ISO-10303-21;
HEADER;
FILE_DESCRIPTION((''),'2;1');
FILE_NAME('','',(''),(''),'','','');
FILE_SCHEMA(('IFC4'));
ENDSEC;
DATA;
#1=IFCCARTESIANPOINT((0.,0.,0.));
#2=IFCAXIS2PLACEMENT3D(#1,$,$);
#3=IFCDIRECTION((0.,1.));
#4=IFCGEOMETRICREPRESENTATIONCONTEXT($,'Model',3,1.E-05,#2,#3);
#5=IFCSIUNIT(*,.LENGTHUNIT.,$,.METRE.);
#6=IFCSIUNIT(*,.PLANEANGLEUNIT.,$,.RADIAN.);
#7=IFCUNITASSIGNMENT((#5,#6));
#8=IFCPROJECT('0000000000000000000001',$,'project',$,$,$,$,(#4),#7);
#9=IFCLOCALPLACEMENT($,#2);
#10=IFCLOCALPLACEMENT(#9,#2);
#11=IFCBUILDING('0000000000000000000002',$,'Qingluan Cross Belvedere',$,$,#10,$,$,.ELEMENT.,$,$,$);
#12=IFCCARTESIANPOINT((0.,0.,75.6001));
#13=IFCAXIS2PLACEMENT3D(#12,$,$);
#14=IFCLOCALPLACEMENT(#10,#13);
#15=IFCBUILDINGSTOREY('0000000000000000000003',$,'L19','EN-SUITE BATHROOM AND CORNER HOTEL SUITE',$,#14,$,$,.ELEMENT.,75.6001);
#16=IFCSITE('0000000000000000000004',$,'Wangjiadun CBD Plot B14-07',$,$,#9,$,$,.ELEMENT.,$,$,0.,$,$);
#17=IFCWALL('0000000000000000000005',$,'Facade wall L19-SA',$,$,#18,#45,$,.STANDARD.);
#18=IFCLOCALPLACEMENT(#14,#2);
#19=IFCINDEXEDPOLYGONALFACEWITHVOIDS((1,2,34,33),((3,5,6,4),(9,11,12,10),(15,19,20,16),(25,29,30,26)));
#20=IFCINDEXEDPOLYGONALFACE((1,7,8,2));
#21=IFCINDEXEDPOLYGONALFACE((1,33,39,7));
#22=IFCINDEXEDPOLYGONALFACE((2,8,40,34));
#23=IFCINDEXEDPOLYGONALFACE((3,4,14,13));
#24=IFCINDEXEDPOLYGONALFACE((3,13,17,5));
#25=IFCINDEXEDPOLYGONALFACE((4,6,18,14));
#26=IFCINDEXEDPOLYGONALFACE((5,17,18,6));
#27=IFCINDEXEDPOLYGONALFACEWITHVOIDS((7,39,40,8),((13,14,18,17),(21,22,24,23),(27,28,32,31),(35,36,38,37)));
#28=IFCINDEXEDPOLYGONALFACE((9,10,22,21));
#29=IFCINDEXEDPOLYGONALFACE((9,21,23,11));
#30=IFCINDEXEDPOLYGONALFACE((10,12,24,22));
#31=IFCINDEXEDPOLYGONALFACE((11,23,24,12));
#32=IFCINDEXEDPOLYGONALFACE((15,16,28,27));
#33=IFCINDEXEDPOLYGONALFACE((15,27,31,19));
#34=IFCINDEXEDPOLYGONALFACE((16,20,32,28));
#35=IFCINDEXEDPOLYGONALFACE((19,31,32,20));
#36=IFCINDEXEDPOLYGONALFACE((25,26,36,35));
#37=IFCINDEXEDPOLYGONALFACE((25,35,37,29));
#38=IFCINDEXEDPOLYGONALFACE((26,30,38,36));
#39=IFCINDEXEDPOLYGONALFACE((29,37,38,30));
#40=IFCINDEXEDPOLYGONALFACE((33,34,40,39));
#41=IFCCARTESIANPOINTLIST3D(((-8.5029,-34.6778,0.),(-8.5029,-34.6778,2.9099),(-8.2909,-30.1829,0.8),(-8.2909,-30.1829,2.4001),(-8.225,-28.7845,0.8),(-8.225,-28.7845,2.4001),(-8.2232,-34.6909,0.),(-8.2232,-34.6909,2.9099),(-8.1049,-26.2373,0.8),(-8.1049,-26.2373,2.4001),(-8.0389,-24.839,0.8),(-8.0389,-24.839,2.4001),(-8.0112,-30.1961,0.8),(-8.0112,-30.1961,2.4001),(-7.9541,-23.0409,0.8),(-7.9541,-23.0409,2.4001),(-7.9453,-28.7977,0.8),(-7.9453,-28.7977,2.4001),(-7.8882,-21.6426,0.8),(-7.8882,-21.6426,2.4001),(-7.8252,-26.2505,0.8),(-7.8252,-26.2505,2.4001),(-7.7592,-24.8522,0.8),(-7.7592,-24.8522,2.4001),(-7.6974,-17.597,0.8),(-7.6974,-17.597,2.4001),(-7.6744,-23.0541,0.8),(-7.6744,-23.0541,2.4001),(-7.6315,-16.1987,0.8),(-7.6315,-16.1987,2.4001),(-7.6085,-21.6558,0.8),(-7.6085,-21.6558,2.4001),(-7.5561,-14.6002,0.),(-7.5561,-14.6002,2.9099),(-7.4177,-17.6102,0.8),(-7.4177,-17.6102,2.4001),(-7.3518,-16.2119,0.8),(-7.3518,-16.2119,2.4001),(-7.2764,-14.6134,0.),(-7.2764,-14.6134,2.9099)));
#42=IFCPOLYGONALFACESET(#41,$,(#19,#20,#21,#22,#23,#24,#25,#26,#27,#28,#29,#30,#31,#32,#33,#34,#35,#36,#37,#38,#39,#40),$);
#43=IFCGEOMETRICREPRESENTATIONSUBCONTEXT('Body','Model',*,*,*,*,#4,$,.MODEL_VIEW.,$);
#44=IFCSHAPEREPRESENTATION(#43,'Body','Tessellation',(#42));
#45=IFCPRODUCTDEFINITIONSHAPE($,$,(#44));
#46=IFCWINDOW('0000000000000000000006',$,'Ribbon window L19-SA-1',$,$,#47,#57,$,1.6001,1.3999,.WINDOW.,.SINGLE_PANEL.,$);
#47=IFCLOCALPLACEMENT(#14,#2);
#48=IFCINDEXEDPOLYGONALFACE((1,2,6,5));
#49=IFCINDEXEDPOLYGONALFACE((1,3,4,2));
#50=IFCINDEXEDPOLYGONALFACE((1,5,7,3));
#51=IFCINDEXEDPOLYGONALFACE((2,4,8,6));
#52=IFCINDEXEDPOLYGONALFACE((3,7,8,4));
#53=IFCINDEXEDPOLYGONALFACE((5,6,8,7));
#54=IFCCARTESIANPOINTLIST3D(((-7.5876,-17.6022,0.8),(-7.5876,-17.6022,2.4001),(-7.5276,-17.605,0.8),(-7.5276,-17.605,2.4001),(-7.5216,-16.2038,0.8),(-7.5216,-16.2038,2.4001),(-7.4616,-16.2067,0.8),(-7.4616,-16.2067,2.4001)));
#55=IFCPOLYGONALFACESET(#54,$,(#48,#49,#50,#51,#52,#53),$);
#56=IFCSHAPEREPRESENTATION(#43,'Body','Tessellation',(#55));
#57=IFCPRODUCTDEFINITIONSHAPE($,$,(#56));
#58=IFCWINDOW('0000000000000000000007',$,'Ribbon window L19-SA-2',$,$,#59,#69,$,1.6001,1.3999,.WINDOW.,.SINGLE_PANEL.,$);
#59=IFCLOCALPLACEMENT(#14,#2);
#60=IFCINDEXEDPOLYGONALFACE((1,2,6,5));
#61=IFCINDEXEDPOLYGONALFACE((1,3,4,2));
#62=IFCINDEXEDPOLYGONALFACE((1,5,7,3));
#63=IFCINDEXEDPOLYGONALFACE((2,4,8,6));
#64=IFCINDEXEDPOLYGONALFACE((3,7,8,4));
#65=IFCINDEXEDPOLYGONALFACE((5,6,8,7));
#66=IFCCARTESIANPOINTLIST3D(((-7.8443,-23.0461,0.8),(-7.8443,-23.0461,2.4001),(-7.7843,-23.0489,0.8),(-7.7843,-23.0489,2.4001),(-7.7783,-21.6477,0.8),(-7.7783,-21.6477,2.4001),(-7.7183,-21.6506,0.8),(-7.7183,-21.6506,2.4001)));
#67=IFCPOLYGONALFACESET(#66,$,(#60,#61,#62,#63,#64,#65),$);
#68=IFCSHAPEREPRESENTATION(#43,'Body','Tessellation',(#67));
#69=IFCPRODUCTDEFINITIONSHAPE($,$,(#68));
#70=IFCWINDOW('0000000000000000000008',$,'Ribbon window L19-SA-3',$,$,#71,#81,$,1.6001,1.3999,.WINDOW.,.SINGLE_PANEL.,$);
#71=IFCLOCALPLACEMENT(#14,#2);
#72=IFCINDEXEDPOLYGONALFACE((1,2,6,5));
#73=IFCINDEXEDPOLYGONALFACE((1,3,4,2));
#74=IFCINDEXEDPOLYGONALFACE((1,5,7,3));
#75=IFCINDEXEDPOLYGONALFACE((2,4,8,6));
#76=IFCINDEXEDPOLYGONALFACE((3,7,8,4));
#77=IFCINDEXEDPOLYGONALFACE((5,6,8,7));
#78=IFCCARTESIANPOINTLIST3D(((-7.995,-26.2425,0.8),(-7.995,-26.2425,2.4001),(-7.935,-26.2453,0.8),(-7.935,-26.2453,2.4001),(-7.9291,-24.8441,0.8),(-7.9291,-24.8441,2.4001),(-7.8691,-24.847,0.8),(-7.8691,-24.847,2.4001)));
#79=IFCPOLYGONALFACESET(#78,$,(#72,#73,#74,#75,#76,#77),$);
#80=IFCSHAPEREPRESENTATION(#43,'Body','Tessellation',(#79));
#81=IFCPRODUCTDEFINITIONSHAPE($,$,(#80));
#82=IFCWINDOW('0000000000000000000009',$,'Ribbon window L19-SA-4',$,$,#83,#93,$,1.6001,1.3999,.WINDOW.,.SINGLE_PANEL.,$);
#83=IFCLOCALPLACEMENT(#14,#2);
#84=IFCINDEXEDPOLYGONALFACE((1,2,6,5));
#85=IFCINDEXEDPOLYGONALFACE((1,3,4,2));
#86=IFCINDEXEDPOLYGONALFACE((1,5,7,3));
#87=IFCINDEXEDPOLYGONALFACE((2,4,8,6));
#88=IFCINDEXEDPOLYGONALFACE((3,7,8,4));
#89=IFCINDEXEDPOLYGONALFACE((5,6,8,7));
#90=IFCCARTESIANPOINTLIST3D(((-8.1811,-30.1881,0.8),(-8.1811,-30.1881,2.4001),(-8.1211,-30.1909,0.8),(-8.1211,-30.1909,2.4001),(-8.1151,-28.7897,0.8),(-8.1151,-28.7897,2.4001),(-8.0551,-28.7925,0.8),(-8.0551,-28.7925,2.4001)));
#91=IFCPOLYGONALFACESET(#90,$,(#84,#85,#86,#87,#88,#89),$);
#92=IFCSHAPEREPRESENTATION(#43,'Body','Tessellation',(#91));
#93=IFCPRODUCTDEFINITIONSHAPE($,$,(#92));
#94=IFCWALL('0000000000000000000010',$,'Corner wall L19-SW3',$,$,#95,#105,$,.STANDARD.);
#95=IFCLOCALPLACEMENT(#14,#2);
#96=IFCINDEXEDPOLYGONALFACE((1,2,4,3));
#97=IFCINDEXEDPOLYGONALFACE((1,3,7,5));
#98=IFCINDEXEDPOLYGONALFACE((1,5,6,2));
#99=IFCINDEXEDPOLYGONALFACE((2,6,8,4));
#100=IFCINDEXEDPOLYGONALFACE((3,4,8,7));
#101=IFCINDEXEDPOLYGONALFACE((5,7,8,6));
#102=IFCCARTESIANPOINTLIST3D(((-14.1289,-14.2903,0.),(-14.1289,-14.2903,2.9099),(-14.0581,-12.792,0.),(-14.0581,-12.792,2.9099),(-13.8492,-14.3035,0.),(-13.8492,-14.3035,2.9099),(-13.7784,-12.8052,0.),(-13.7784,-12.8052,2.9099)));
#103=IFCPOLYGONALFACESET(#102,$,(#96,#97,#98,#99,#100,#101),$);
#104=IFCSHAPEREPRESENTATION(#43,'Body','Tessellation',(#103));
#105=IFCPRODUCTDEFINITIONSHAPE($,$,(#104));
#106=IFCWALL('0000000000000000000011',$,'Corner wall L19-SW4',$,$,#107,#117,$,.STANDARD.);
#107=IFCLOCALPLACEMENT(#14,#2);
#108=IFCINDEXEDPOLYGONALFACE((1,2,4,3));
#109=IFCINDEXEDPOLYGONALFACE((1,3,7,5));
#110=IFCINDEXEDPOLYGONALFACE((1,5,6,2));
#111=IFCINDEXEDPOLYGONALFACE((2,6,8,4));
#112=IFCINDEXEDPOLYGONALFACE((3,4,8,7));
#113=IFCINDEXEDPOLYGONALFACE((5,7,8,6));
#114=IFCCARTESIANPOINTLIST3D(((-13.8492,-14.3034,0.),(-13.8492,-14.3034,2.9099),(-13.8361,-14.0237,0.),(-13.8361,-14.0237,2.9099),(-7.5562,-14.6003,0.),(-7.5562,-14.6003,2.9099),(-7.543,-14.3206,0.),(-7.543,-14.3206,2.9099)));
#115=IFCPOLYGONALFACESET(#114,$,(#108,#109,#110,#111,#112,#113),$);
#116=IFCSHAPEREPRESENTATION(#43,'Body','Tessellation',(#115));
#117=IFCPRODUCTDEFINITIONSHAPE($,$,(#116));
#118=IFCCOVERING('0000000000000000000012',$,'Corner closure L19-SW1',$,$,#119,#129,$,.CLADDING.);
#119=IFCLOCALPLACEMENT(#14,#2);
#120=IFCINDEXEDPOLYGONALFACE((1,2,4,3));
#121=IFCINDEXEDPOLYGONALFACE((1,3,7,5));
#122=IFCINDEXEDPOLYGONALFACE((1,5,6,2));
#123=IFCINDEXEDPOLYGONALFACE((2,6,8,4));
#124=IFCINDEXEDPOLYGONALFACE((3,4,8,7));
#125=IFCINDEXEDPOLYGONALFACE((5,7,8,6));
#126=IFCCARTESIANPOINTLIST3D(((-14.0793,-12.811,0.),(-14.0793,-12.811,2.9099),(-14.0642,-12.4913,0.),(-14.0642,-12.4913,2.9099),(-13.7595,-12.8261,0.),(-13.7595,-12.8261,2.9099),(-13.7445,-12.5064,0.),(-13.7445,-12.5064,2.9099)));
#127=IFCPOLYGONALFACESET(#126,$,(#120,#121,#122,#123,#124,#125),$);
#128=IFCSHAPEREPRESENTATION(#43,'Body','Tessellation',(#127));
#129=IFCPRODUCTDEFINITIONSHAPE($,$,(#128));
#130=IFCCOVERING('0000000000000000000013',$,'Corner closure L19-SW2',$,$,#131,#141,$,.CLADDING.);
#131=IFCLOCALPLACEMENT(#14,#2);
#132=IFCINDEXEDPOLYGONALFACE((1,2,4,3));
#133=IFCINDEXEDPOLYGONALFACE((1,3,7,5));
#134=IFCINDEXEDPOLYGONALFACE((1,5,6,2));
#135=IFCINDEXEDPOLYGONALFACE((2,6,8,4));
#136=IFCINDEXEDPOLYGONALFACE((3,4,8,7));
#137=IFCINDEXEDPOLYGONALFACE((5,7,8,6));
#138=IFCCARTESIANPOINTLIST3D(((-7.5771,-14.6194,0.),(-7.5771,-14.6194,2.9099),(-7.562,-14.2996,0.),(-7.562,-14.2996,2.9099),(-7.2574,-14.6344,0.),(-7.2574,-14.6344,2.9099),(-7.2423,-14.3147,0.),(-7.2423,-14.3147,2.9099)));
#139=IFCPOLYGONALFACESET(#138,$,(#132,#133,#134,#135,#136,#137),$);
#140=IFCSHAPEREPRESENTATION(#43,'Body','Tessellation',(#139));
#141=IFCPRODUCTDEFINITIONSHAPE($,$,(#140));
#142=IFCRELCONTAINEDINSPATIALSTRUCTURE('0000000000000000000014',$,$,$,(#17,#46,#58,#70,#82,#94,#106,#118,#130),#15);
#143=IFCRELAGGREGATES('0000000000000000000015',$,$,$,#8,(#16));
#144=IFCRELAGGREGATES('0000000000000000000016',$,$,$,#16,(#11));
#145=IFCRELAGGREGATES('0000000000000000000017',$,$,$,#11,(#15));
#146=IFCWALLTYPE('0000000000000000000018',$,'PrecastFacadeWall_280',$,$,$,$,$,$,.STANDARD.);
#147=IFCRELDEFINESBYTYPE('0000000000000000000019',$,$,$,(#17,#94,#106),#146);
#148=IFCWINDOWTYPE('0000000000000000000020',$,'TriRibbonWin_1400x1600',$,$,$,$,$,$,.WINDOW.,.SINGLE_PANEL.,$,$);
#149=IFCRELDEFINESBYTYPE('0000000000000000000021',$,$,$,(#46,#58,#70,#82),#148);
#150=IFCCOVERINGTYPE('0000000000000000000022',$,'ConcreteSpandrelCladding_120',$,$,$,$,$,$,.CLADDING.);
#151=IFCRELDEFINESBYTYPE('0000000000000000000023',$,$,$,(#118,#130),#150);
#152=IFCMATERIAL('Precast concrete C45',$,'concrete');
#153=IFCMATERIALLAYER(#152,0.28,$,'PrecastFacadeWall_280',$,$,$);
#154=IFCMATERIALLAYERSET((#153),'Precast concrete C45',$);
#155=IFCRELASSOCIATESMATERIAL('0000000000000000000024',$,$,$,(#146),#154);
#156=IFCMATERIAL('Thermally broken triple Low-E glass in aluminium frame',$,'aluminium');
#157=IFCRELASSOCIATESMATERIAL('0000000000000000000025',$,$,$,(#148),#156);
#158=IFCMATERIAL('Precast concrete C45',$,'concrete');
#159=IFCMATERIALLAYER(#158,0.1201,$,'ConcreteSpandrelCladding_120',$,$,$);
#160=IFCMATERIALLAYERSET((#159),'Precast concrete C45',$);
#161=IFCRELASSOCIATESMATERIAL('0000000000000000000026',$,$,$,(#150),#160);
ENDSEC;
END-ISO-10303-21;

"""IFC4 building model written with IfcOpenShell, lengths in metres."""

from ifc_helpers import new_model, si_unit, direction, frame, frame_2d, origin, origin_2d, place, context, subcontext, project, spatial, rectangle, extrude, material, layer, layer_set, type_object, element, fill, save


model = new_model("IFC4")

# Units and contexts
model_context = context("Model", 3, precision=1e-05, world=origin(), true_north=direction((0.0, 1.0)))
body_context = subcontext(model_context, "Body", "Model", "MODEL_VIEW")
ifc_project = project(units=[si_unit("LENGTHUNIT", "METRE"), si_unit("PLANEANGLEUNIT", "RADIAN")], contexts=[model_context])

# Site, building, storey
site_placement = place(None, origin())
site = spatial("IfcSite", under=ifc_project, at=site_placement, Name="Wangjiadun CBD Plot B14-07", CompositionType="ELEMENT", RefElevation=0.0)
building_placement = place(site_placement, origin())
building = spatial("IfcBuilding", under=site, at=building_placement, Name="Qingluan Cross Belvedere", CompositionType="ELEMENT")
storey_placement = place(building_placement, frame((0.0, 0.0, 75.6001)))
storey = spatial("IfcBuildingStorey", under=building, at=storey_placement, Name="L19", Description="EN-SUITE BATHROOM AND CORNER HOTEL SUITE", CompositionType="ELEMENT", Elevation=75.6001)

# Wall, openings, windows
ifc_material_1 = material(Name="Precast concrete C45", Category="concrete")
ifc_layer_1 = layer(ifc_material_1, 0.28, Name="PrecastFacadeWall_280")
ifc_layer_set_1 = layer_set([ifc_layer_1], Name="Precast concrete C45")
wall_type_1 = type_object("IfcWallType", Name="PrecastFacadeWall_280", PredefinedType="STANDARD", material=ifc_layer_set_1)
wall_1_placement = place(storey_placement, frame((-7.4163, -14.6069, 0.0), z_axis=(0.0, 0.0, 1.0), x_axis=(-0.047103, -0.99889, 0.0)))
wall_1 = element("IfcWall", 1, at=wall_1_placement, inside=storey, type_object=wall_type_1, Name="Facade wall L19-SA", PredefinedType="STANDARD", context=body_context, shape_type="SweptSolid", body=[
    extrude(rectangle(XDim=20.0999, YDim=0.28, at=frame_2d((10.0498, 0.0))), origin(), (0.0, 0.0, 1.0), 2.9099),
])
opening_1_placement = place(wall_1_placement, frame((1.6001, 0.0, 0.8)))
opening_1 = element("IfcOpeningElement", 2, at=opening_1_placement, cuts=wall_1, PredefinedType="OPENING", context=body_context, shape_type="SweptSolid", body=[
    extrude(rectangle(XDim=1.3999, YDim=1.6001, at=frame_2d((0.7, 0.8))), frame((0.0, 0.1499, 0.0), z_axis=(0.0, -1.0, 0.0), x_axis=(1.0, 0.0, 0.0)), (0.0, 0.0, 1.0), 0.3),
])
opening_2_placement = place(wall_1_placement, frame((7.05, 0.0, 0.8)))
opening_2 = element("IfcOpeningElement", 3, at=opening_2_placement, cuts=wall_1, PredefinedType="OPENING", context=body_context, shape_type="SweptSolid", body=[
    extrude(rectangle(XDim=1.3999, YDim=1.6001, at=frame_2d((0.7, 0.8))), frame((0.0, 0.1499, 0.0), z_axis=(0.0, -1.0, 0.0), x_axis=(1.0, 0.0, 0.0)), (0.0, 0.0, 1.0), 0.3),
])
opening_3_placement = place(wall_1_placement, frame((10.25, 0.0, 0.8)))
opening_3 = element("IfcOpeningElement", 4, at=opening_3_placement, cuts=wall_1, PredefinedType="OPENING", context=body_context, shape_type="SweptSolid", body=[
    extrude(rectangle(XDim=1.3999, YDim=1.6001, at=frame_2d((0.7, 0.8))), frame((0.0, 0.1499, 0.0), z_axis=(0.0, -1.0, 0.0), x_axis=(1.0, 0.0, 0.0)), (0.0, 0.0, 1.0), 0.3),
])
opening_4_placement = place(wall_1_placement, frame((14.2, 0.0, 0.8)))
opening_4 = element("IfcOpeningElement", 5, at=opening_4_placement, cuts=wall_1, PredefinedType="OPENING", context=body_context, shape_type="SweptSolid", body=[
    extrude(rectangle(XDim=1.3999, YDim=1.6001, at=frame_2d((0.7, 0.8))), frame((0.0, 0.1499, 0.0), z_axis=(0.0, -1.0, 0.0), x_axis=(1.0, 0.0, 0.0)), (0.0, 0.0, 1.0), 0.3),
])
ifc_material_2 = material(Name="Thermally broken triple Low-E glass in aluminium frame", Category="aluminium")
window_type = type_object("IfcWindowType", Name="TriRibbonWin_1400x1600", PartitioningType="SINGLE_PANEL", PredefinedType="WINDOW", material=ifc_material_2)
window_1_placement = place(opening_1_placement, origin())
window_1 = element("IfcWindow", 6, at=window_1_placement, inside=storey, type_object=window_type, Name="Ribbon window L19-SA-1", OverallHeight=1.6001, OverallWidth=1.3999, PartitioningType="SINGLE_PANEL", PredefinedType="WINDOW", context=body_context, shape_type="SweptSolid", body=[
    extrude(rectangle(XDim=1.3999, YDim=1.6001, at=frame_2d((0.7, 0.8))), frame((0.0, 0.03, 0.0), z_axis=(0.0, -1.0, 0.0), x_axis=(1.0, 0.0, 0.0)), (0.0, 0.0, 1.0), 0.0601),
])
fill(opening_1, window_1)
window_2_placement = place(opening_2_placement, origin())
window_2 = element("IfcWindow", 7, at=window_2_placement, inside=storey, type_object=window_type, Name="Ribbon window L19-SA-2", OverallHeight=1.6001, OverallWidth=1.3999, PartitioningType="SINGLE_PANEL", PredefinedType="WINDOW", context=body_context, shape_type="SweptSolid", body=[
    extrude(rectangle(XDim=1.3999, YDim=1.6001, at=frame_2d((0.7, 0.8))), frame((0.0, 0.03, 0.0), z_axis=(0.0, -1.0, 0.0), x_axis=(1.0, 0.0, 0.0)), (0.0, 0.0, 1.0), 0.0601),
])
fill(opening_2, window_2)
window_3_placement = place(opening_3_placement, origin())
window_3 = element("IfcWindow", 8, at=window_3_placement, inside=storey, type_object=window_type, Name="Ribbon window L19-SA-3", OverallHeight=1.6001, OverallWidth=1.3999, PartitioningType="SINGLE_PANEL", PredefinedType="WINDOW", context=body_context, shape_type="SweptSolid", body=[
    extrude(rectangle(XDim=1.3999, YDim=1.6001, at=frame_2d((0.7, 0.8))), frame((0.0, 0.03, 0.0), z_axis=(0.0, -1.0, 0.0), x_axis=(1.0, 0.0, 0.0)), (0.0, 0.0, 1.0), 0.0601),
])
fill(opening_3, window_3)
window_4_placement = place(opening_4_placement, origin())
window_4 = element("IfcWindow", 9, at=window_4_placement, inside=storey, type_object=window_type, Name="Ribbon window L19-SA-4", OverallHeight=1.6001, OverallWidth=1.3999, PartitioningType="SINGLE_PANEL", PredefinedType="WINDOW", context=body_context, shape_type="SweptSolid", body=[
    extrude(rectangle(XDim=1.3999, YDim=1.6001, at=frame_2d((0.7, 0.8))), frame((0.0, 0.03, 0.0), z_axis=(0.0, -1.0, 0.0), x_axis=(1.0, 0.0, 0.0)), (0.0, 0.0, 1.0), 0.0601),
])
fill(opening_4, window_4)

# Walls
wall_2_placement = place(storey_placement, frame((-13.9182, -12.7986, 0.0), z_axis=(0.0, 0.0, 1.0), x_axis=(-0.047202, -0.998885, 0.0)))
element("IfcWall", 10, at=wall_2_placement, inside=storey, type_object=wall_type_1, Name="Corner wall L19-SW3", PredefinedType="STANDARD", context=body_context, shape_type="SweptSolid", body=[
    extrude(rectangle(XDim=1.5, YDim=0.28, at=frame_2d((0.75, 0.0))), origin(), (0.0, 0.0, 1.0), 2.9099),
])
wall_3_placement = place(storey_placement, frame((-13.8425, -14.1636, 0.0), z_axis=(0.0, 0.0, 1.0), x_axis=(0.998889, -0.047123, 0.0)))
element("IfcWall", 11, at=wall_3_placement, inside=storey, type_object=wall_type_1, Name="Corner wall L19-SW4", PredefinedType="STANDARD", context=body_context, shape_type="SweptSolid", body=[
    extrude(rectangle(XDim=6.3, YDim=0.28, at=frame_2d((3.1499, 0.0))), origin(), (0.0, 0.0, 1.0), 2.9099),
])

# Coverings
ifc_material_3 = material(Name="Precast concrete C45", Category="concrete")
ifc_layer_2 = layer(ifc_material_3, 0.1201, Name="ConcreteSpandrelCladding_120")
ifc_layer_set_2 = layer_set([ifc_layer_2], Name="Precast concrete C45")
covering_type = type_object("IfcCoveringType", Name="ConcreteSpandrelCladding_120", PredefinedType="CLADDING", material=ifc_layer_set_2)
for number, where, z_axis, x_axis, name in (
    (12, (-13.9119, -12.6587, 0.0), (0.0, 0.0, 1.0), (0.99889, -0.047106, 0.0), "Corner closure L19-SW1"),
    (13, (-7.4097, -14.467, 0.0), (0.0, 0.0, 1.0), (0.99889, -0.047106, 0.0), "Corner closure L19-SW2"),
):
    element("IfcCovering", number, at=place(storey_placement, frame(where, z_axis=z_axis, x_axis=x_axis)), inside=storey, type_object=covering_type, Name=name, PredefinedType="CLADDING", context=body_context, shape_type="SweptSolid", body=[
        extrude(rectangle(XDim=0.3201, YDim=0.3201, at=origin_2d()), origin(), (0.0, 0.0, 1.0), 2.9099),
    ])

save(model, "model.ifc")
